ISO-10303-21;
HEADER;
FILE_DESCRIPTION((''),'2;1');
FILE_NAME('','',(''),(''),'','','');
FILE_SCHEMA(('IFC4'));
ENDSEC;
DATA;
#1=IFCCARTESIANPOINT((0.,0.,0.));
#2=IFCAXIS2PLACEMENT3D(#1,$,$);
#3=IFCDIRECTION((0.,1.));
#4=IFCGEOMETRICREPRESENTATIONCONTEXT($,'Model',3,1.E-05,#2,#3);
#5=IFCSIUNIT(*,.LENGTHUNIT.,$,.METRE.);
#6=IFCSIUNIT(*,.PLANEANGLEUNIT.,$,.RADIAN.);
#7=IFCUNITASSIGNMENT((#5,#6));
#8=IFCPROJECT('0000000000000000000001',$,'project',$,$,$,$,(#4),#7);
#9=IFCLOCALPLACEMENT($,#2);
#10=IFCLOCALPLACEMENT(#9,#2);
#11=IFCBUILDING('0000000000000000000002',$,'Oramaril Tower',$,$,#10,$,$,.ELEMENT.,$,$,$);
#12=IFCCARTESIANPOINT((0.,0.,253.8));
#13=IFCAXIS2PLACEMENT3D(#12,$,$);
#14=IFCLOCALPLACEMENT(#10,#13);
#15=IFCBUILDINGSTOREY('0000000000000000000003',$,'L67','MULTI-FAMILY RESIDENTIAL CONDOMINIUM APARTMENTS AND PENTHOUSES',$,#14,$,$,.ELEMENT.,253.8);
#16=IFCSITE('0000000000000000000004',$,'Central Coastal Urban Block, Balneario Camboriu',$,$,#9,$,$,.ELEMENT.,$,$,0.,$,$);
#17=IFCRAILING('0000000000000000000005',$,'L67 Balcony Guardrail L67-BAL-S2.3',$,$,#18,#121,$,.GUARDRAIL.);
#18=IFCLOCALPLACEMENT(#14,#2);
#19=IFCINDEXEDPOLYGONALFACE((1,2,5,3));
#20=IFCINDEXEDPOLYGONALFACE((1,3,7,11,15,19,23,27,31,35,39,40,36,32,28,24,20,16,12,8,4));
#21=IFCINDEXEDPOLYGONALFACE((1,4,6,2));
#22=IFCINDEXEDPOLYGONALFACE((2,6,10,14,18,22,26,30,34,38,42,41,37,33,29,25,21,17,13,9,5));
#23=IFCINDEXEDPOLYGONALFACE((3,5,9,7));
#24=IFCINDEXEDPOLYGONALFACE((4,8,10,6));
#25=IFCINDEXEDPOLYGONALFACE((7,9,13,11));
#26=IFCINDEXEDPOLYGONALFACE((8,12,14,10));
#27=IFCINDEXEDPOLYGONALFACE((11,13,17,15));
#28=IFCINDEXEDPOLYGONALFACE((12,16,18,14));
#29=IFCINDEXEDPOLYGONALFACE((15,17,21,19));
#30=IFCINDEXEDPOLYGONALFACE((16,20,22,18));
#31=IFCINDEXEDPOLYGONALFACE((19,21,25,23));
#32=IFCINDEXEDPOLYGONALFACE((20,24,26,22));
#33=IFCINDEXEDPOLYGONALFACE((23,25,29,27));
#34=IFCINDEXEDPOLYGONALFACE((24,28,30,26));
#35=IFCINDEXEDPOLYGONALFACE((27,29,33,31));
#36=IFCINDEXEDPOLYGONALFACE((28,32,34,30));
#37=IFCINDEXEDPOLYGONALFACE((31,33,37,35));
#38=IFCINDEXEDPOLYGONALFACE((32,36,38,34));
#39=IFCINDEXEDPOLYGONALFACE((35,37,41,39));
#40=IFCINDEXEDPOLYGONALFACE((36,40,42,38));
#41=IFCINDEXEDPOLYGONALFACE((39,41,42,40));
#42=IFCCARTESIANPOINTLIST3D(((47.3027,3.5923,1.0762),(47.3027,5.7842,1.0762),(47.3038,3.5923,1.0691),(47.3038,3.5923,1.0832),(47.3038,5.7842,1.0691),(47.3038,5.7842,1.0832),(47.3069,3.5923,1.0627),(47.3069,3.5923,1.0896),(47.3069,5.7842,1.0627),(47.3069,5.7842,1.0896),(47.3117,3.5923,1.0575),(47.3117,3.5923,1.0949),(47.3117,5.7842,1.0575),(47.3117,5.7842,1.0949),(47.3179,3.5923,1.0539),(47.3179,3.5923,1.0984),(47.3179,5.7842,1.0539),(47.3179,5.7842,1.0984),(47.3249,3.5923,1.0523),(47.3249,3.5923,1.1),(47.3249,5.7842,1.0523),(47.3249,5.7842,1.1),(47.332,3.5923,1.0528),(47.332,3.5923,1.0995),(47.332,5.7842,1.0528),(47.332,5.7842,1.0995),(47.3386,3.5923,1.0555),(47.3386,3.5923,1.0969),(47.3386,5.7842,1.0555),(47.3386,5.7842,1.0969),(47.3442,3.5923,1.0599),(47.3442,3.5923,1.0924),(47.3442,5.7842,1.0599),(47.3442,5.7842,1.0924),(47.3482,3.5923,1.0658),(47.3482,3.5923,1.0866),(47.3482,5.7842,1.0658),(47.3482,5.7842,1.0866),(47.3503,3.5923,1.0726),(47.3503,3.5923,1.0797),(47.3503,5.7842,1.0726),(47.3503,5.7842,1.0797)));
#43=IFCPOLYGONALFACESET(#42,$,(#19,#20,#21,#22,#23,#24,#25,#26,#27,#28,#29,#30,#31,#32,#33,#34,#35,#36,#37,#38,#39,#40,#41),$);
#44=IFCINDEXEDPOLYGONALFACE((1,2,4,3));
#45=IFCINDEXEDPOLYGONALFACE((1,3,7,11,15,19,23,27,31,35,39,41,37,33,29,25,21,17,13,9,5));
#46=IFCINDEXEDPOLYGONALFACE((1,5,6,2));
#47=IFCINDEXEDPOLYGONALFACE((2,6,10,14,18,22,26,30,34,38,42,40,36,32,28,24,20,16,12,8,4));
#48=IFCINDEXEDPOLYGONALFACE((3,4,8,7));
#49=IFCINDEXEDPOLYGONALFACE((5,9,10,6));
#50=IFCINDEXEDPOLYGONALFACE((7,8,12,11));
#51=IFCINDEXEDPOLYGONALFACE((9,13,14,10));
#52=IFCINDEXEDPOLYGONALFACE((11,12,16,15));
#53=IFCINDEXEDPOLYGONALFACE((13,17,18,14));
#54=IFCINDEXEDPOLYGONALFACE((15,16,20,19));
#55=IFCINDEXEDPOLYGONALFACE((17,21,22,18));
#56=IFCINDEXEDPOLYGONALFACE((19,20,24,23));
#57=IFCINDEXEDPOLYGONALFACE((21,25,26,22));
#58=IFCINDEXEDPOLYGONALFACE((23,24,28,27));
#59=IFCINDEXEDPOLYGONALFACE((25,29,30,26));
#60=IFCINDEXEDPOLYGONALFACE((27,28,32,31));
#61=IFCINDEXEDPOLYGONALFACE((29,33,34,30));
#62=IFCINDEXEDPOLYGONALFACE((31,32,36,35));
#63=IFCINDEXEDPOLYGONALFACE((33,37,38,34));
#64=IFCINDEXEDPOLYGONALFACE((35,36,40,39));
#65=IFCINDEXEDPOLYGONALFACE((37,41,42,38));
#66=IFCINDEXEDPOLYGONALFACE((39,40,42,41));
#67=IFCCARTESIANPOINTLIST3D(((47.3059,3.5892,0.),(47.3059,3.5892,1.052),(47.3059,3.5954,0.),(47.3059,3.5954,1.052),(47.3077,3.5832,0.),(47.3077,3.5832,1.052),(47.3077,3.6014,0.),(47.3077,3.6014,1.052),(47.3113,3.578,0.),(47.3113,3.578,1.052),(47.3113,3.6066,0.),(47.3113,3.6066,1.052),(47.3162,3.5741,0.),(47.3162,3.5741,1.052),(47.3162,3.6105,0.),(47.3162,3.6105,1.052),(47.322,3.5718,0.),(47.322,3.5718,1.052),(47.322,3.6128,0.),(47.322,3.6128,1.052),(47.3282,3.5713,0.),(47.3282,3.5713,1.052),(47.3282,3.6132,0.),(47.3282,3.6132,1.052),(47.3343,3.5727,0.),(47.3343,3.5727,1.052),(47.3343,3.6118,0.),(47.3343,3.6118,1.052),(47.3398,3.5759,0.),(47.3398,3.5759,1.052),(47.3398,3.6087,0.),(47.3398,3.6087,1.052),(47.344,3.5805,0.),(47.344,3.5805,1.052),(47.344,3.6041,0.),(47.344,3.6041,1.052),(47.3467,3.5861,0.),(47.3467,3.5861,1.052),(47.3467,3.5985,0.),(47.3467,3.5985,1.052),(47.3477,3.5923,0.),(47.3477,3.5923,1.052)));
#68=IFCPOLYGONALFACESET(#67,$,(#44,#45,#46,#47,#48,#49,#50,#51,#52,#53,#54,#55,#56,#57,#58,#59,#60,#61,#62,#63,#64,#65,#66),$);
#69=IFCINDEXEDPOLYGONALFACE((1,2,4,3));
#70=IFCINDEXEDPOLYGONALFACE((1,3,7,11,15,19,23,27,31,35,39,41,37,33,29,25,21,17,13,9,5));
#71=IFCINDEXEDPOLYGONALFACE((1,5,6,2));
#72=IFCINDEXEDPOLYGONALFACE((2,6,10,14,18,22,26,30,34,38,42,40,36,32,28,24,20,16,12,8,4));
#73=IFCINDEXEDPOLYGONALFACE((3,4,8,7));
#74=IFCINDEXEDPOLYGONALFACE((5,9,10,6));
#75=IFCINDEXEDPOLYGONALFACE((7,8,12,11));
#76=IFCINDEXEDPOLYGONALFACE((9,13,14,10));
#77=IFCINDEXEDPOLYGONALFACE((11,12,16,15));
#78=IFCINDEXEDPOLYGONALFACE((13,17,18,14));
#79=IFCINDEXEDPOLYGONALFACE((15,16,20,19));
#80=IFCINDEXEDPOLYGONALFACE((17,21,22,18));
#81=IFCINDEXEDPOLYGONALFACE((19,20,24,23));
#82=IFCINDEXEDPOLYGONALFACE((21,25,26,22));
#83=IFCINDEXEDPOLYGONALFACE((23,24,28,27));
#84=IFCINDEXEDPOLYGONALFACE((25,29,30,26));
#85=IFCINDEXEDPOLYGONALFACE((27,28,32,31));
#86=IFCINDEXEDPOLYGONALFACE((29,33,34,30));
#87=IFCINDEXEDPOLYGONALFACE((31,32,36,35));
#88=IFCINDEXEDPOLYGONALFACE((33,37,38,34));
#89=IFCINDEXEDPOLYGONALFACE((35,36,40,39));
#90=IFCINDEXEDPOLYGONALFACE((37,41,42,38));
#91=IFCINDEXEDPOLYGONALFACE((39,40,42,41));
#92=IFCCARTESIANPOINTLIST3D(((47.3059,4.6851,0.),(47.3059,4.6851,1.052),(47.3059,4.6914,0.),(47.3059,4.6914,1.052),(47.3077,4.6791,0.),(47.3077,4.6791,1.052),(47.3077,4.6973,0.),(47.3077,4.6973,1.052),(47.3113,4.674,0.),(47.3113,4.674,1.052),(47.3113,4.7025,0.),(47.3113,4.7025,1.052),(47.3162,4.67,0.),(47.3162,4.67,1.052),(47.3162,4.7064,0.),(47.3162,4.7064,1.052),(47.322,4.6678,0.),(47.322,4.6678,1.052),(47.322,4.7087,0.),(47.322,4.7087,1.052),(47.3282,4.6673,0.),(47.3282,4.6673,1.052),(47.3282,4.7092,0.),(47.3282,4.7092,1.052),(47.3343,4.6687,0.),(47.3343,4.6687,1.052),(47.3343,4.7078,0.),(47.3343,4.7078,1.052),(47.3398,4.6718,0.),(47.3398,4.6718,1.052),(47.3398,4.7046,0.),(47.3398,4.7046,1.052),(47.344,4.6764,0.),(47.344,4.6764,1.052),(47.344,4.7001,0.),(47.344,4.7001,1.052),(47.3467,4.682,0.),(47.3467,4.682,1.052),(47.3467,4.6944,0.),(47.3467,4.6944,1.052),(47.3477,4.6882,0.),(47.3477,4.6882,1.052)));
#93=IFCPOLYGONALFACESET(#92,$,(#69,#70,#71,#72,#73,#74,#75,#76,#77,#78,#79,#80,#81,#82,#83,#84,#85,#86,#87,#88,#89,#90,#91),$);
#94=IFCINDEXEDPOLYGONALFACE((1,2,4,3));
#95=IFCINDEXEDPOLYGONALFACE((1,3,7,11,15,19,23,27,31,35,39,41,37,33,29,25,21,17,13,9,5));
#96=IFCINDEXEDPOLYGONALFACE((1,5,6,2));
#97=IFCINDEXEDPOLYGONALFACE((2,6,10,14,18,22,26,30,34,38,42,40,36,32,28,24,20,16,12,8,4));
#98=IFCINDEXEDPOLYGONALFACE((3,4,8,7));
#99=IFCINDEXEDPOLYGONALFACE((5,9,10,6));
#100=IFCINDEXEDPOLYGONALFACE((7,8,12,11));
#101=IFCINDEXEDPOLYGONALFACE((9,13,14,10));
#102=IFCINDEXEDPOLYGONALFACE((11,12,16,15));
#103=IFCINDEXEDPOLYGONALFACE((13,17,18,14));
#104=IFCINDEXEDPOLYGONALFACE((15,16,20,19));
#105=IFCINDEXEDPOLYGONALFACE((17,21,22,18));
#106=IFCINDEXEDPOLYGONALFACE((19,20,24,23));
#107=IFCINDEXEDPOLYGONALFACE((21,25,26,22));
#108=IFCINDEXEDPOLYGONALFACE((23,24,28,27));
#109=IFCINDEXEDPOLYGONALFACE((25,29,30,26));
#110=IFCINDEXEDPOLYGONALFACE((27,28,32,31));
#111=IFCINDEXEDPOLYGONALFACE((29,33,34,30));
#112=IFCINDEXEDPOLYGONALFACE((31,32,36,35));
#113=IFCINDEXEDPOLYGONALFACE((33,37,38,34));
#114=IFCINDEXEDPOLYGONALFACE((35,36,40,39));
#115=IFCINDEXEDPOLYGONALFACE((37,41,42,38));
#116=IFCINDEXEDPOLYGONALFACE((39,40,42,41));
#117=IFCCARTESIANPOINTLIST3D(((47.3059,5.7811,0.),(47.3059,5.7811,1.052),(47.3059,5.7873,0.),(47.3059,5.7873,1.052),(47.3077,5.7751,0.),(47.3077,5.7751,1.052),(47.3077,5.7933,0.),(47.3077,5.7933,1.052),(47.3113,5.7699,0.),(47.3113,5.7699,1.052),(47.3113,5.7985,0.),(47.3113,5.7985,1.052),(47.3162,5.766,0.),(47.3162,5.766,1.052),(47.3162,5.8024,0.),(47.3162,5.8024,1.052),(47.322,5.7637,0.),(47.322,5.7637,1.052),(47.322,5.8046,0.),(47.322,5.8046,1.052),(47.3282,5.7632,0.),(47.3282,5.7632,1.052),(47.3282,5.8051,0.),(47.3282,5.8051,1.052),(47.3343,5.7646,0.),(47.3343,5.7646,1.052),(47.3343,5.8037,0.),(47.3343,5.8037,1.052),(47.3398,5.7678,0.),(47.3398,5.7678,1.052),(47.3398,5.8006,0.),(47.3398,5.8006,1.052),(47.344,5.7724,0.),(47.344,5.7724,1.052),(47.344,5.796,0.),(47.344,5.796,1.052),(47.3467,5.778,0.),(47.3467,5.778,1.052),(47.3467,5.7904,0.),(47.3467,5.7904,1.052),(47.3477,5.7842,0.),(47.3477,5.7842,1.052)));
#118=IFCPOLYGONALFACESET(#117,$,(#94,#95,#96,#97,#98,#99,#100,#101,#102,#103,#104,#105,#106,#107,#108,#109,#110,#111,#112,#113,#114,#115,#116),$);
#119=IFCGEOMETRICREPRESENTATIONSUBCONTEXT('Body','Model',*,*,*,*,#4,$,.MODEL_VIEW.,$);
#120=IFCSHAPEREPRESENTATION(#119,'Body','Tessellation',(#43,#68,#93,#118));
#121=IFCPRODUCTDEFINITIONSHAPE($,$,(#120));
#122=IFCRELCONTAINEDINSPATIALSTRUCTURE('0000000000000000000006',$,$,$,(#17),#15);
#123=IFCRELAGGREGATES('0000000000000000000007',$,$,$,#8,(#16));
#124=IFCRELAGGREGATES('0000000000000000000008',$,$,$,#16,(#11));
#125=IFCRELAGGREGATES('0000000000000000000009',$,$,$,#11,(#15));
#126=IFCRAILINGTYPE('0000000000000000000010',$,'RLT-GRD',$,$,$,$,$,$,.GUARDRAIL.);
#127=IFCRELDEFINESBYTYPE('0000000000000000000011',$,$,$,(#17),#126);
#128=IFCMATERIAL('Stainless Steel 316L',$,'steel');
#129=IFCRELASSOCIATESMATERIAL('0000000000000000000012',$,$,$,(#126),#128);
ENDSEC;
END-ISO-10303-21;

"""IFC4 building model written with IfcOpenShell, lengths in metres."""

from ifc_helpers import new_model, si_unit, direction, frame, origin, origin_2d, place, context, subcontext, project, spatial, circle, extrude, material, type_object, element, save


model = new_model("IFC4")

# Units and contexts
model_context = context("Model", 3, precision=1e-05, world=origin(), true_north=direction((0.0, 1.0)))
body_context = subcontext(model_context, "Body", "Model", "MODEL_VIEW")
ifc_project = project(units=[si_unit("LENGTHUNIT", "METRE"), si_unit("PLANEANGLEUNIT", "RADIAN")], contexts=[model_context])

# Site, building, storey
site_placement = place(None, origin())
site = spatial("IfcSite", under=ifc_project, at=site_placement, Name="Central Coastal Urban Block, Balneario Camboriu", CompositionType="ELEMENT", RefElevation=0.0)
building_placement = place(site_placement, origin())
building = spatial("IfcBuilding", under=site, at=building_placement, Name="Oramaril Tower", CompositionType="ELEMENT")
storey_placement = place(building_placement, frame((0.0, 0.0, 253.8)))
storey = spatial("IfcBuildingStorey", under=building, at=storey_placement, Name="L67", Description="MULTI-FAMILY RESIDENTIAL CONDOMINIUM APARTMENTS AND PENTHOUSES", CompositionType="ELEMENT", Elevation=253.8)

# Railing
ifc_material_1 = material(Name="Stainless Steel 316L", Category="steel")
railing_type = type_object("IfcRailingType", Name="RLT-GRD", PredefinedType="GUARDRAIL", material=ifc_material_1)
railing_1_placement = place(storey_placement, frame((47.3267, 3.5923, 0.0)))
element("IfcRailing", 1, at=railing_1_placement, inside=storey, type_object=railing_type, Name="L67 Balcony Guardrail L67-BAL-S2.3", PredefinedType="GUARDRAIL", context=body_context, shape_type="SweptSolid", body=[
    extrude(circle(Radius=0.0239, at=origin_2d()), frame((0.0, 0.0, 1.0762), z_axis=(0.0, 1.0, 0.0), x_axis=(-1.0, 0.0, 0.0)), (0.0, 0.0, 1.0), 2.1919),
    extrude(circle(Radius=0.021, at=origin_2d()), origin(), (0.0, 0.0, 1.0), 1.052),
    extrude(circle(Radius=0.021, at=origin_2d()), frame((0.0, 1.0959, 0.0)), (0.0, 0.0, 1.0), 1.052),
    extrude(circle(Radius=0.021, at=origin_2d()), frame((0.0, 2.1919, 0.0)), (0.0, 0.0, 1.0), 1.052),
])

save(model, "model.ifc")
